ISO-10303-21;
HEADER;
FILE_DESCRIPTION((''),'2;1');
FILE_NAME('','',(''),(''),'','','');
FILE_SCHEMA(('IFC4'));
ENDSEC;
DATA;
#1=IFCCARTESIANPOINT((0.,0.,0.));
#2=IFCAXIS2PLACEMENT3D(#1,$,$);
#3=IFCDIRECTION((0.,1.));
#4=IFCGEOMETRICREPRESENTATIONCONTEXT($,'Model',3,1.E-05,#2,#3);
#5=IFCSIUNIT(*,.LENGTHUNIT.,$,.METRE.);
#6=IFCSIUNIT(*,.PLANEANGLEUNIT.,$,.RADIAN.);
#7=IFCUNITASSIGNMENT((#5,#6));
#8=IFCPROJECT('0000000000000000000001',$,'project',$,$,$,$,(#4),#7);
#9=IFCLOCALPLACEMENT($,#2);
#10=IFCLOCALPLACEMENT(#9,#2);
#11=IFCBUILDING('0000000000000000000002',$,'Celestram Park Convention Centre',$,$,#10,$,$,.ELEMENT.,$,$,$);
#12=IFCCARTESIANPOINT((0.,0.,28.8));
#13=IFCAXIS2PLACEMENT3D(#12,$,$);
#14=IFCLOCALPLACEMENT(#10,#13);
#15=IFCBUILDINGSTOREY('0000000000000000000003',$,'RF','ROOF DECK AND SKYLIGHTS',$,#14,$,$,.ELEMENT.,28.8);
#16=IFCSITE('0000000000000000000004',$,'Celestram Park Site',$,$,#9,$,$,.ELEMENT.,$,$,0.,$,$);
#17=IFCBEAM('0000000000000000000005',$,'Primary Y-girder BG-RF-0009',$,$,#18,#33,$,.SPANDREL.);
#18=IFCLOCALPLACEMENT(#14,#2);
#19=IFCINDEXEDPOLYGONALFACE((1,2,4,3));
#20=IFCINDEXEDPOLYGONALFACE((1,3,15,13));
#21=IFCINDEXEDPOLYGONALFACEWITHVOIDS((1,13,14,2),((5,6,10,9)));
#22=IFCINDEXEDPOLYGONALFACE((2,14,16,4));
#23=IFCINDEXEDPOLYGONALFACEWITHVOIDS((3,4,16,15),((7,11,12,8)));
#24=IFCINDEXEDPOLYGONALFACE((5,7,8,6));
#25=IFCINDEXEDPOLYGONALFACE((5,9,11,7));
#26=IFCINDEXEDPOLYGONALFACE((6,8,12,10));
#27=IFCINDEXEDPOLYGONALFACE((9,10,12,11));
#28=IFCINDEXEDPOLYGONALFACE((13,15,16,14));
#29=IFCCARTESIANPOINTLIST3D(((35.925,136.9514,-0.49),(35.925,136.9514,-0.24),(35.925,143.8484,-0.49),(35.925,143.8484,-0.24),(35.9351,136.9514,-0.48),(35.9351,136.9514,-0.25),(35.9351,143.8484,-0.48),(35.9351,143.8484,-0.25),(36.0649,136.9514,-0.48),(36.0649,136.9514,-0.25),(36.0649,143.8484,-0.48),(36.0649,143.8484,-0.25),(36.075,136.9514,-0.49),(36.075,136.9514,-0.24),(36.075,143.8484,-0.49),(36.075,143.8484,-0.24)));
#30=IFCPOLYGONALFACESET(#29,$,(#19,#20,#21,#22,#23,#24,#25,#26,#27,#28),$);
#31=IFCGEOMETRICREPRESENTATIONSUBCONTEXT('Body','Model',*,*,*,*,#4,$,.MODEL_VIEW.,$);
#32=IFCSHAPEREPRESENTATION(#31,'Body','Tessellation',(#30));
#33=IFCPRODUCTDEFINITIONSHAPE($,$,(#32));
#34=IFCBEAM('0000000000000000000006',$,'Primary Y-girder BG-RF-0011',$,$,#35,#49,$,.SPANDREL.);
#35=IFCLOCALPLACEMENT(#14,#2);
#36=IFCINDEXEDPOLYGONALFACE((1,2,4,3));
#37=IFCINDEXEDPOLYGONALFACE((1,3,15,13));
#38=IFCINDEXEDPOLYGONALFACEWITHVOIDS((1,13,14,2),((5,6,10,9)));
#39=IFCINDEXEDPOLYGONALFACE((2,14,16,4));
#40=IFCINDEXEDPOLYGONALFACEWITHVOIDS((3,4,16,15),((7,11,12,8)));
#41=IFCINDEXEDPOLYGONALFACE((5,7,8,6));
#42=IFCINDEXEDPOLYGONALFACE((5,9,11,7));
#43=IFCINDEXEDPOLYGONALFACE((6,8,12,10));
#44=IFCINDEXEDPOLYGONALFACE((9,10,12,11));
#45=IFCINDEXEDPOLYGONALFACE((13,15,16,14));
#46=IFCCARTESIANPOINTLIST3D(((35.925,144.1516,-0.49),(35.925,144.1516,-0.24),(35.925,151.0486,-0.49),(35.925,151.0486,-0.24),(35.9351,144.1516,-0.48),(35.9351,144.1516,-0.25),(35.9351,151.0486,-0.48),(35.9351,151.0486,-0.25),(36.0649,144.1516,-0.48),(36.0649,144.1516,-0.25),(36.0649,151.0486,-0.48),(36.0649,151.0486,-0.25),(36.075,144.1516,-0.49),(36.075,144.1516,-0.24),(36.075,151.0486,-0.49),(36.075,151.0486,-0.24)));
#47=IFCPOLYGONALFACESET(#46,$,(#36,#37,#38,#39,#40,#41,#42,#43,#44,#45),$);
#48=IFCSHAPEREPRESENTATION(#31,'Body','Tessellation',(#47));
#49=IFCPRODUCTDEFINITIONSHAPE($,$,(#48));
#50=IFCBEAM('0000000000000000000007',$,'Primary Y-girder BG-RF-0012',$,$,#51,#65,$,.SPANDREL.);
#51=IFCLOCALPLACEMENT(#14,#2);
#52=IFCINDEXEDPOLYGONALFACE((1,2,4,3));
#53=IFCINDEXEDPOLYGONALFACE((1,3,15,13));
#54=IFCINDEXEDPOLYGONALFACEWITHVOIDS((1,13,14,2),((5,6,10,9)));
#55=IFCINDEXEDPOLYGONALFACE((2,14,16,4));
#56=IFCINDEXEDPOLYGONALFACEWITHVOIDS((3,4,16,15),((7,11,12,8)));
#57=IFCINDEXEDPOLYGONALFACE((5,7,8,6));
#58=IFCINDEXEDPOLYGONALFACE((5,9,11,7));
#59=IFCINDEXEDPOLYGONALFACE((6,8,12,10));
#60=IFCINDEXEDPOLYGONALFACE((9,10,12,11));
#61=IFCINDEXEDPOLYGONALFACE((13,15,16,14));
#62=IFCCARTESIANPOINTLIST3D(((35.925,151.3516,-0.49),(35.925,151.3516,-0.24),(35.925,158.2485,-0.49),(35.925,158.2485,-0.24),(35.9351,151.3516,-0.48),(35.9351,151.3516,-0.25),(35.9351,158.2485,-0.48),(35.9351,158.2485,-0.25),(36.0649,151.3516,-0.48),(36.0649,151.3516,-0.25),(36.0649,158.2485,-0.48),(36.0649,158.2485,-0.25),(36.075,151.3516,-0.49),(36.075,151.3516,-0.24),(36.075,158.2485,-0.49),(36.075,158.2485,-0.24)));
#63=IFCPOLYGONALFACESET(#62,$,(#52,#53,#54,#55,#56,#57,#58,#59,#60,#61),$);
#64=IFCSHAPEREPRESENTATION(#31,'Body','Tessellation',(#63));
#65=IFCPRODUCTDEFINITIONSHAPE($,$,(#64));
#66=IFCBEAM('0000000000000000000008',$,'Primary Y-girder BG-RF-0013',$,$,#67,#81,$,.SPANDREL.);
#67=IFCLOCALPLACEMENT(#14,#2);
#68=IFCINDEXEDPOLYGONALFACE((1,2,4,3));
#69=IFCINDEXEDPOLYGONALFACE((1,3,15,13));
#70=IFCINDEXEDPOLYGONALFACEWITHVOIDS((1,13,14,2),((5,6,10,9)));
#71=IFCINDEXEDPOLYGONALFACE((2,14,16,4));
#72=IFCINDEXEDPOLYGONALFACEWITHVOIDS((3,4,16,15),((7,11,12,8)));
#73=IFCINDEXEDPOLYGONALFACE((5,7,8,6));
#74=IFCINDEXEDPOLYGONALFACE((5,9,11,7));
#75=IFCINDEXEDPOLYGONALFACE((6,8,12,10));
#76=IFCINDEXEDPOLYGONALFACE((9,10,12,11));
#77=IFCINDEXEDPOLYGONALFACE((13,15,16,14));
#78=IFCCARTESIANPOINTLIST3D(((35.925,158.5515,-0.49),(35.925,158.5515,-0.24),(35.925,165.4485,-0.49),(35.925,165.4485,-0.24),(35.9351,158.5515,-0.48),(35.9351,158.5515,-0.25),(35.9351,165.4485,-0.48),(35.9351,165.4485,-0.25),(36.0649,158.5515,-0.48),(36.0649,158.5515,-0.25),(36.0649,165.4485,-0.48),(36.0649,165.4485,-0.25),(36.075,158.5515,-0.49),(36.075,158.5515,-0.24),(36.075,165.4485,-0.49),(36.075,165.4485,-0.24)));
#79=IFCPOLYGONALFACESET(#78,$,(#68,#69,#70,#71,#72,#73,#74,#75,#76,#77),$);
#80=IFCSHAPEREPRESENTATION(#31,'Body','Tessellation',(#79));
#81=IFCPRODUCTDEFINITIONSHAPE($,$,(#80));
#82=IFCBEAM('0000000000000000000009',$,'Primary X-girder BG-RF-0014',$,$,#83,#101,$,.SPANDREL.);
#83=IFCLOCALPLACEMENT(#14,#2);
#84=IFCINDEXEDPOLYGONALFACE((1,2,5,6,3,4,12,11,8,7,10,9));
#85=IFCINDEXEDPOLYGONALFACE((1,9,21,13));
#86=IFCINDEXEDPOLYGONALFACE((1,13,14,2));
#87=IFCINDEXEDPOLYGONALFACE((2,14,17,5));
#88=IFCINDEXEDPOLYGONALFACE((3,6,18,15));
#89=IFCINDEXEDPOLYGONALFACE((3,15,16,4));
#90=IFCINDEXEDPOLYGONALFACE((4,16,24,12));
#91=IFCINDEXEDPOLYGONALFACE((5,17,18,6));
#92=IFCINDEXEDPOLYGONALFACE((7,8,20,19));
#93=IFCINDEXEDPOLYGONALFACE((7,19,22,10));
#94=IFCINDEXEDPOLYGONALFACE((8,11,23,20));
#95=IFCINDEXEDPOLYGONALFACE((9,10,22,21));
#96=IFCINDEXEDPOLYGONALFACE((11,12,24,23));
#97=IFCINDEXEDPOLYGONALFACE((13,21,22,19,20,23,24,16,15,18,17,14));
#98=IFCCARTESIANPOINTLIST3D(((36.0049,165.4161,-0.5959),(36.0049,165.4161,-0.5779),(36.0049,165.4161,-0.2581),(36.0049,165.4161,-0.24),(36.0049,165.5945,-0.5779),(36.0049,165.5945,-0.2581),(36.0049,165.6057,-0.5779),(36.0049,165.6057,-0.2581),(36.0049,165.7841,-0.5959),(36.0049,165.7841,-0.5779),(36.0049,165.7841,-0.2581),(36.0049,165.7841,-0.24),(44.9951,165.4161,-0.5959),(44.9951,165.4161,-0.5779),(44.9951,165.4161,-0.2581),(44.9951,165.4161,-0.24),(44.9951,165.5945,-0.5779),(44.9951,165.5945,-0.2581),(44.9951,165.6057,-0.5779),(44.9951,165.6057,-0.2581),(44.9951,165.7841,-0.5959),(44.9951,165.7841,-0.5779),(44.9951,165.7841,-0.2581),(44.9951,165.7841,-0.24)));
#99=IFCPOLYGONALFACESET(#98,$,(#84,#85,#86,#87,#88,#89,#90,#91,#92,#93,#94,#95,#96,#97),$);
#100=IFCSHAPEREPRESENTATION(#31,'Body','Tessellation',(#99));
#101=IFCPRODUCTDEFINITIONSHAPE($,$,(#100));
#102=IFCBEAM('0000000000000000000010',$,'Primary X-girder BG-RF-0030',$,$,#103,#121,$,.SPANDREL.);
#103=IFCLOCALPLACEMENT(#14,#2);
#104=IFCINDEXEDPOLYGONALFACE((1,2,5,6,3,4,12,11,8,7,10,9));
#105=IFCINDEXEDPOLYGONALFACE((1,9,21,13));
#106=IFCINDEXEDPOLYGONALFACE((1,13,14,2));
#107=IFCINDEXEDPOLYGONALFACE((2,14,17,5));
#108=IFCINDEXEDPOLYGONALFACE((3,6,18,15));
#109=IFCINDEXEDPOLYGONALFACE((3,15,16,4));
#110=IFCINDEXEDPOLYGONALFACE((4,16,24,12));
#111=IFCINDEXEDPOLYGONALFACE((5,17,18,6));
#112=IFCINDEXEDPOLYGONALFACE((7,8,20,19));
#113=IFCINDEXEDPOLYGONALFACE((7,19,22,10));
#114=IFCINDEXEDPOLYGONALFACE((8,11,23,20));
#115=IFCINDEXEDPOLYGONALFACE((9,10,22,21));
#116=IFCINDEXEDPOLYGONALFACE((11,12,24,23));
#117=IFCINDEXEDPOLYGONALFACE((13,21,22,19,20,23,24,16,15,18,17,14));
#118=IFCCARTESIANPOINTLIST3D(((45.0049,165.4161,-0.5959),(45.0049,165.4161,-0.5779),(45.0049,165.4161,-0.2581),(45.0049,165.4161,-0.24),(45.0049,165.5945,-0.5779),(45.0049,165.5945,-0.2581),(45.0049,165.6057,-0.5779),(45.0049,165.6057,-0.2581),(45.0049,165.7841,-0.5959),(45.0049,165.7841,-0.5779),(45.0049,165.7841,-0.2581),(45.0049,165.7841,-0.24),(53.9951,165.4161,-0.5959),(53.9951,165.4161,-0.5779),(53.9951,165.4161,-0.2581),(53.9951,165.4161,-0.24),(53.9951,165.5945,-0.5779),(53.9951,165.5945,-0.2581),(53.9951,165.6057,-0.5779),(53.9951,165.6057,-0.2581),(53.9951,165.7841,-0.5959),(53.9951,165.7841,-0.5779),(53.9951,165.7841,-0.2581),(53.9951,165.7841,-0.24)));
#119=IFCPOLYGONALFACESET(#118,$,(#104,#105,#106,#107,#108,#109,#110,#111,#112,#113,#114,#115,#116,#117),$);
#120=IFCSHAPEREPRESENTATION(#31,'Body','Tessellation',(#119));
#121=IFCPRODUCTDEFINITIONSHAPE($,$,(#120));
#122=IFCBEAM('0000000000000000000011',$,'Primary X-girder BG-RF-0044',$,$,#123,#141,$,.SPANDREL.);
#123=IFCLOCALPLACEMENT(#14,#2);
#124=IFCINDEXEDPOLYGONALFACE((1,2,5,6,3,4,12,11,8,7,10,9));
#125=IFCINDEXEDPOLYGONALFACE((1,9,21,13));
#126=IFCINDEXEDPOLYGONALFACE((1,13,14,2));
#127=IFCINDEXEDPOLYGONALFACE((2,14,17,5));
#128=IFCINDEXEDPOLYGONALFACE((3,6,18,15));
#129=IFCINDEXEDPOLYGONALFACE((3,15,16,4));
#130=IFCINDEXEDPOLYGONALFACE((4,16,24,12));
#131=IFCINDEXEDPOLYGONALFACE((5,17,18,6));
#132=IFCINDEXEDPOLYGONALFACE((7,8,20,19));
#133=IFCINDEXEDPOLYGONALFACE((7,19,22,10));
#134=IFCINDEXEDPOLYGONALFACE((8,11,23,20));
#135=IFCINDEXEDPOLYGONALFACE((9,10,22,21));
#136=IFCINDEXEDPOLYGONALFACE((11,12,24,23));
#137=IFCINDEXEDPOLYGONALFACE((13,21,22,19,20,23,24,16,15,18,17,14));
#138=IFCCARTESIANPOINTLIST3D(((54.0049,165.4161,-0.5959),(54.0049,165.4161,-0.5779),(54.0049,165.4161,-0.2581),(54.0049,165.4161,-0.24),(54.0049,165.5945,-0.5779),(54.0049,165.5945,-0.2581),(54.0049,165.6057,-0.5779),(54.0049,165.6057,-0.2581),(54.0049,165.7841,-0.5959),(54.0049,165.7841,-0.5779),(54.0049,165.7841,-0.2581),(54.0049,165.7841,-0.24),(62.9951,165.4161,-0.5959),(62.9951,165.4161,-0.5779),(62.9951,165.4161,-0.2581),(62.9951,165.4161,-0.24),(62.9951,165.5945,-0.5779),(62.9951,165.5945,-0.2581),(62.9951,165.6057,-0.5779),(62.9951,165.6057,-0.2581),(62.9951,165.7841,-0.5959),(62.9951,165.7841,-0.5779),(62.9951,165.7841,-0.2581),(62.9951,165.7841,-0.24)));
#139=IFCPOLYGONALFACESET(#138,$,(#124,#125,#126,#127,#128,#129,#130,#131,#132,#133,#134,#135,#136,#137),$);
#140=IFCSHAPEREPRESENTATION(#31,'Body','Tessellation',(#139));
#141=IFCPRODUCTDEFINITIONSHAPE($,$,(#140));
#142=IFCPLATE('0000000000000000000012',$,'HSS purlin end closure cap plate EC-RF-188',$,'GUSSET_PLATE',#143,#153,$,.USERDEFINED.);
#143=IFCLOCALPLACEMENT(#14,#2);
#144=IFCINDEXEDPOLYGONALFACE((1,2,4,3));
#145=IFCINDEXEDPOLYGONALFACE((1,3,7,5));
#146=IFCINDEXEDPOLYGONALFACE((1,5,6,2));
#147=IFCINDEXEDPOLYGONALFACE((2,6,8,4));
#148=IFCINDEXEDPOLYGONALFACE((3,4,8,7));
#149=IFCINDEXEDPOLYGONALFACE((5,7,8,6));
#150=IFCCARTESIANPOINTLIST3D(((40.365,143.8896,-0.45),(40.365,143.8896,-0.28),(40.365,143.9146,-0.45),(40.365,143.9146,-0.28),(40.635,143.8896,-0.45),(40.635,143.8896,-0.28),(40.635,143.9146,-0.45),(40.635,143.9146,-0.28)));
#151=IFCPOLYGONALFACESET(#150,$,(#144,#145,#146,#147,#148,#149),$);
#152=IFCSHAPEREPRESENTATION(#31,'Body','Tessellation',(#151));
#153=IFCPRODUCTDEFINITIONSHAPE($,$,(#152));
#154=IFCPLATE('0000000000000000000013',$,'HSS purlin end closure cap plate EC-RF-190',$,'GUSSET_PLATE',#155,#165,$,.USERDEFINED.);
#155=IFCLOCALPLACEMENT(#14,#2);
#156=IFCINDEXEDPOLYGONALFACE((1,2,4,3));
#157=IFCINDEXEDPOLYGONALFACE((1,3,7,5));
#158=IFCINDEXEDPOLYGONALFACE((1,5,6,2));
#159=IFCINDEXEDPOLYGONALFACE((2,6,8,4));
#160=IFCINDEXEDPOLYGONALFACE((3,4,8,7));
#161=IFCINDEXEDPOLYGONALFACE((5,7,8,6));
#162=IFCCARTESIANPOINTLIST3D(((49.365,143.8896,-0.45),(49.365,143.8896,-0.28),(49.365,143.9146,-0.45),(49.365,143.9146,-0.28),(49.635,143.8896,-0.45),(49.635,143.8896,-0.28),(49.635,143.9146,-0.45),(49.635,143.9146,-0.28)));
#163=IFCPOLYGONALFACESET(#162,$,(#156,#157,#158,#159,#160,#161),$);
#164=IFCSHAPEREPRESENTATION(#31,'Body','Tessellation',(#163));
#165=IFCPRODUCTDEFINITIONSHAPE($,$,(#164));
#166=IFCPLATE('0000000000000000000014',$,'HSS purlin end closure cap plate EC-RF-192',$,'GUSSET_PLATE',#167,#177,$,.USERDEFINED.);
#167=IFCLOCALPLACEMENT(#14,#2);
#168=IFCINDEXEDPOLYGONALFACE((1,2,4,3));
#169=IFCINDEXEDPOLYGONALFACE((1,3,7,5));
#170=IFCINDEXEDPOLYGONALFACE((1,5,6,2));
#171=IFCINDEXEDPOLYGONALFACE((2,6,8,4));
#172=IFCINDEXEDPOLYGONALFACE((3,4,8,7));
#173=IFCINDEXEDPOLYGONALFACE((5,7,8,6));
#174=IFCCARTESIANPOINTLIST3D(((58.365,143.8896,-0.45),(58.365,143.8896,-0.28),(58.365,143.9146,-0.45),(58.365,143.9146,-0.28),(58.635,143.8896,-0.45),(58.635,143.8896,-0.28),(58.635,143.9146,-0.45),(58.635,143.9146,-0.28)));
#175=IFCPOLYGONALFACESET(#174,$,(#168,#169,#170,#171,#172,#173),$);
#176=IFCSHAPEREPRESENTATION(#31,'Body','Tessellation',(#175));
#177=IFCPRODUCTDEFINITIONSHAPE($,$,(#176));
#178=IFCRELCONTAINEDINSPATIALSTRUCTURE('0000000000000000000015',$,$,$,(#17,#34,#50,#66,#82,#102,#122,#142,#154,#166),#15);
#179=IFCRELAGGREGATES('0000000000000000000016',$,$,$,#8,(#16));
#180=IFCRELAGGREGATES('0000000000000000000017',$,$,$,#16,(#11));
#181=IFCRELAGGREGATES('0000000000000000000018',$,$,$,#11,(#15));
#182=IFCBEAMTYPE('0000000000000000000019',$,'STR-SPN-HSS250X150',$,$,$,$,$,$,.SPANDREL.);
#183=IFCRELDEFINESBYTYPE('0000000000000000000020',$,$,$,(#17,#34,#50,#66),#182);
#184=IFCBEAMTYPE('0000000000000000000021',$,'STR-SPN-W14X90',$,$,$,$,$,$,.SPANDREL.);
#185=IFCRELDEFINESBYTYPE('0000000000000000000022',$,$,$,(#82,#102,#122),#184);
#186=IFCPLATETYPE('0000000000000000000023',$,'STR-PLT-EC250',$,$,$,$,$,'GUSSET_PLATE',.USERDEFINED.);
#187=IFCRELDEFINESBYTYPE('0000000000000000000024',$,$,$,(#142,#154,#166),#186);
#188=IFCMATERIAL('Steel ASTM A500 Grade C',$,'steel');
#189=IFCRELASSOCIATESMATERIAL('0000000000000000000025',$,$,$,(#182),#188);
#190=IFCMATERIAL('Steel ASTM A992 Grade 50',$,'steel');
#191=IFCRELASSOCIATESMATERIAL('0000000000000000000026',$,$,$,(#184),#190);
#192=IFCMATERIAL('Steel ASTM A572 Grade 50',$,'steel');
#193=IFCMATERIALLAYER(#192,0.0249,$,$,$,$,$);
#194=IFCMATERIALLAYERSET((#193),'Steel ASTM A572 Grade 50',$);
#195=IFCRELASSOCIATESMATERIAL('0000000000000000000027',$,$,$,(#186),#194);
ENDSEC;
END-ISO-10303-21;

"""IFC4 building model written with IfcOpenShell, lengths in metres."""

from ifc_helpers import new_model, si_unit, direction, frame, origin, origin_2d, place, context, subcontext, project, spatial, rectangle, hollow_rectangle, i_section, extrude, material, layer, layer_set, material_profile, profile_set, type_object, element, save


model = new_model("IFC4")

# Units and contexts
model_context = context("Model", 3, precision=1e-05, world=origin(), true_north=direction((0.0, 1.0)))
body_context = subcontext(model_context, "Body", "Model", "MODEL_VIEW")
ifc_project = project(units=[si_unit("LENGTHUNIT", "METRE"), si_unit("PLANEANGLEUNIT", "RADIAN")], contexts=[model_context])

# Site, building, storey
site_placement = place(None, origin())
site = spatial("IfcSite", under=ifc_project, at=site_placement, Name="Celestram Park Site", CompositionType="ELEMENT", RefElevation=0.0)
building_placement = place(site_placement, origin())
building = spatial("IfcBuilding", under=site, at=building_placement, Name="Celestram Park Convention Centre", CompositionType="ELEMENT")
storey_placement = place(building_placement, frame((0.0, 0.0, 28.8)))
storey = spatial("IfcBuildingStorey", under=building, at=storey_placement, Name="RF", Description="ROOF DECK AND SKYLIGHTS", CompositionType="ELEMENT", Elevation=28.8)

# Beams
ifc_material_1 = material(Name="Steel ASTM A992 Grade 50", Category="steel")
ifc_material_2 = material(Name="Steel ASTM A500 Grade C", Category="steel")
ifc_material_profile_1 = material_profile(ifc_material_2, hollow_rectangle(XDim=0.1499, YDim=0.25, WallThickness=0.01, at=origin_2d()), Name="HSS250X150X10")
ifc_profile_set_1 = profile_set([ifc_material_profile_1], Name="Steel ASTM A500 Grade C")
beam_type_1 = type_object("IfcBeamType", Name="STR-SPN-HSS250X150", PredefinedType="SPANDREL", material=ifc_profile_set_1)
for number, where, z_axis, x_axis, name in (
    (1, (36.0, 136.9514, -0.365), (0.0, 1.0, 0.0), (-1.0, 0.0, 0.0), "Primary Y-girder BG-RF-0009"),
    (2, (36.0, 144.1516, -0.365), (0.0, 1.0, 0.0), (-1.0, 0.0, 0.0), "Primary Y-girder BG-RF-0011"),
    (3, (36.0, 151.3516, -0.365), (0.0, 1.0, 0.0), (-1.0, 0.0, 0.0), "Primary Y-girder BG-RF-0012"),
    (4, (36.0, 158.5515, -0.365), (0.0, 1.0, 0.0), (-1.0, 0.0, 0.0), "Primary Y-girder BG-RF-0013"),
):
    element("IfcBeam", number, at=place(storey_placement, frame(where, z_axis=z_axis, x_axis=x_axis)), inside=storey, type_object=beam_type_1, Name=name, PredefinedType="SPANDREL", context=body_context, shape_type="SweptSolid", body=[
        extrude(hollow_rectangle(XDim=0.1499, YDim=0.25, WallThickness=0.01, at=origin_2d()), origin(), (0.0, 0.0, 1.0), 6.897),
    ])
ifc_material_profile_2 = material_profile(ifc_material_1, i_section(OverallWidth=0.3679, OverallDepth=0.356, WebThickness=0.0112, FlangeThickness=0.0181, at=origin_2d()), Name="W14X90")
ifc_profile_set_2 = profile_set([ifc_material_profile_2], Name="Steel ASTM A992 Grade 50")
beam_type_2 = type_object("IfcBeamType", Name="STR-SPN-W14X90", PredefinedType="SPANDREL", material=ifc_profile_set_2)
for number, where, z_axis, x_axis, name in (
    (5, (36.0049, 165.6001, -0.418), (1.0, 0.0, 0.0), (0.0, 1.0, 0.0), "Primary X-girder BG-RF-0014"),
    (6, (45.0049, 165.6001, -0.418), (1.0, 0.0, 0.0), (0.0, 1.0, 0.0), "Primary X-girder BG-RF-0030"),
    (7, (54.0049, 165.6001, -0.418), (1.0, 0.0, 0.0), (0.0, 1.0, 0.0), "Primary X-girder BG-RF-0044"),
):
    element("IfcBeam", number, at=place(storey_placement, frame(where, z_axis=z_axis, x_axis=x_axis)), inside=storey, type_object=beam_type_2, Name=name, PredefinedType="SPANDREL", context=body_context, shape_type="SweptSolid", body=[
        extrude(i_section(OverallWidth=0.3679, OverallDepth=0.356, WebThickness=0.0112, FlangeThickness=0.0181, at=origin_2d()), origin(), (0.0, 0.0, 1.0), 8.9902),
    ])

# Plates
ifc_material_3 = material(Name="Steel ASTM A572 Grade 50", Category="steel")
ifc_layer = layer(ifc_material_3, 0.0249)
ifc_layer_set = layer_set([ifc_layer], Name="Steel ASTM A572 Grade 50")
plate_type = type_object("IfcPlateType", Name="STR-PLT-EC250", ElementType="GUSSET_PLATE", PredefinedType="USERDEFINED", material=ifc_layer_set)
for number, where, z_axis, x_axis, name in (
    (8, (40.5, 143.9021, -0.45), (0.0, 0.0, 1.0), (1.0, 0.0, 0.0), "HSS purlin end closure cap plate EC-RF-188"),
    (9, (49.5, 143.9021, -0.45), (0.0, 0.0, 1.0), (1.0, 0.0, 0.0), "HSS purlin end closure cap plate EC-RF-190"),
    (10, (58.5, 143.9021, -0.45), (0.0, 0.0, 1.0), (1.0, 0.0, 0.0), "HSS purlin end closure cap plate EC-RF-192"),
):
    element("IfcPlate", number, at=place(storey_placement, frame(where, z_axis=z_axis, x_axis=x_axis)), inside=storey, type_object=plate_type, Name=name, ObjectType="GUSSET_PLATE", PredefinedType="USERDEFINED", context=body_context, shape_type="SweptSolid", body=[
        extrude(rectangle(XDim=0.27, YDim=0.0249, at=origin_2d()), origin(), (0.0, 0.0, 1.0), 0.1699),
    ])

save(model, "model.ifc")
